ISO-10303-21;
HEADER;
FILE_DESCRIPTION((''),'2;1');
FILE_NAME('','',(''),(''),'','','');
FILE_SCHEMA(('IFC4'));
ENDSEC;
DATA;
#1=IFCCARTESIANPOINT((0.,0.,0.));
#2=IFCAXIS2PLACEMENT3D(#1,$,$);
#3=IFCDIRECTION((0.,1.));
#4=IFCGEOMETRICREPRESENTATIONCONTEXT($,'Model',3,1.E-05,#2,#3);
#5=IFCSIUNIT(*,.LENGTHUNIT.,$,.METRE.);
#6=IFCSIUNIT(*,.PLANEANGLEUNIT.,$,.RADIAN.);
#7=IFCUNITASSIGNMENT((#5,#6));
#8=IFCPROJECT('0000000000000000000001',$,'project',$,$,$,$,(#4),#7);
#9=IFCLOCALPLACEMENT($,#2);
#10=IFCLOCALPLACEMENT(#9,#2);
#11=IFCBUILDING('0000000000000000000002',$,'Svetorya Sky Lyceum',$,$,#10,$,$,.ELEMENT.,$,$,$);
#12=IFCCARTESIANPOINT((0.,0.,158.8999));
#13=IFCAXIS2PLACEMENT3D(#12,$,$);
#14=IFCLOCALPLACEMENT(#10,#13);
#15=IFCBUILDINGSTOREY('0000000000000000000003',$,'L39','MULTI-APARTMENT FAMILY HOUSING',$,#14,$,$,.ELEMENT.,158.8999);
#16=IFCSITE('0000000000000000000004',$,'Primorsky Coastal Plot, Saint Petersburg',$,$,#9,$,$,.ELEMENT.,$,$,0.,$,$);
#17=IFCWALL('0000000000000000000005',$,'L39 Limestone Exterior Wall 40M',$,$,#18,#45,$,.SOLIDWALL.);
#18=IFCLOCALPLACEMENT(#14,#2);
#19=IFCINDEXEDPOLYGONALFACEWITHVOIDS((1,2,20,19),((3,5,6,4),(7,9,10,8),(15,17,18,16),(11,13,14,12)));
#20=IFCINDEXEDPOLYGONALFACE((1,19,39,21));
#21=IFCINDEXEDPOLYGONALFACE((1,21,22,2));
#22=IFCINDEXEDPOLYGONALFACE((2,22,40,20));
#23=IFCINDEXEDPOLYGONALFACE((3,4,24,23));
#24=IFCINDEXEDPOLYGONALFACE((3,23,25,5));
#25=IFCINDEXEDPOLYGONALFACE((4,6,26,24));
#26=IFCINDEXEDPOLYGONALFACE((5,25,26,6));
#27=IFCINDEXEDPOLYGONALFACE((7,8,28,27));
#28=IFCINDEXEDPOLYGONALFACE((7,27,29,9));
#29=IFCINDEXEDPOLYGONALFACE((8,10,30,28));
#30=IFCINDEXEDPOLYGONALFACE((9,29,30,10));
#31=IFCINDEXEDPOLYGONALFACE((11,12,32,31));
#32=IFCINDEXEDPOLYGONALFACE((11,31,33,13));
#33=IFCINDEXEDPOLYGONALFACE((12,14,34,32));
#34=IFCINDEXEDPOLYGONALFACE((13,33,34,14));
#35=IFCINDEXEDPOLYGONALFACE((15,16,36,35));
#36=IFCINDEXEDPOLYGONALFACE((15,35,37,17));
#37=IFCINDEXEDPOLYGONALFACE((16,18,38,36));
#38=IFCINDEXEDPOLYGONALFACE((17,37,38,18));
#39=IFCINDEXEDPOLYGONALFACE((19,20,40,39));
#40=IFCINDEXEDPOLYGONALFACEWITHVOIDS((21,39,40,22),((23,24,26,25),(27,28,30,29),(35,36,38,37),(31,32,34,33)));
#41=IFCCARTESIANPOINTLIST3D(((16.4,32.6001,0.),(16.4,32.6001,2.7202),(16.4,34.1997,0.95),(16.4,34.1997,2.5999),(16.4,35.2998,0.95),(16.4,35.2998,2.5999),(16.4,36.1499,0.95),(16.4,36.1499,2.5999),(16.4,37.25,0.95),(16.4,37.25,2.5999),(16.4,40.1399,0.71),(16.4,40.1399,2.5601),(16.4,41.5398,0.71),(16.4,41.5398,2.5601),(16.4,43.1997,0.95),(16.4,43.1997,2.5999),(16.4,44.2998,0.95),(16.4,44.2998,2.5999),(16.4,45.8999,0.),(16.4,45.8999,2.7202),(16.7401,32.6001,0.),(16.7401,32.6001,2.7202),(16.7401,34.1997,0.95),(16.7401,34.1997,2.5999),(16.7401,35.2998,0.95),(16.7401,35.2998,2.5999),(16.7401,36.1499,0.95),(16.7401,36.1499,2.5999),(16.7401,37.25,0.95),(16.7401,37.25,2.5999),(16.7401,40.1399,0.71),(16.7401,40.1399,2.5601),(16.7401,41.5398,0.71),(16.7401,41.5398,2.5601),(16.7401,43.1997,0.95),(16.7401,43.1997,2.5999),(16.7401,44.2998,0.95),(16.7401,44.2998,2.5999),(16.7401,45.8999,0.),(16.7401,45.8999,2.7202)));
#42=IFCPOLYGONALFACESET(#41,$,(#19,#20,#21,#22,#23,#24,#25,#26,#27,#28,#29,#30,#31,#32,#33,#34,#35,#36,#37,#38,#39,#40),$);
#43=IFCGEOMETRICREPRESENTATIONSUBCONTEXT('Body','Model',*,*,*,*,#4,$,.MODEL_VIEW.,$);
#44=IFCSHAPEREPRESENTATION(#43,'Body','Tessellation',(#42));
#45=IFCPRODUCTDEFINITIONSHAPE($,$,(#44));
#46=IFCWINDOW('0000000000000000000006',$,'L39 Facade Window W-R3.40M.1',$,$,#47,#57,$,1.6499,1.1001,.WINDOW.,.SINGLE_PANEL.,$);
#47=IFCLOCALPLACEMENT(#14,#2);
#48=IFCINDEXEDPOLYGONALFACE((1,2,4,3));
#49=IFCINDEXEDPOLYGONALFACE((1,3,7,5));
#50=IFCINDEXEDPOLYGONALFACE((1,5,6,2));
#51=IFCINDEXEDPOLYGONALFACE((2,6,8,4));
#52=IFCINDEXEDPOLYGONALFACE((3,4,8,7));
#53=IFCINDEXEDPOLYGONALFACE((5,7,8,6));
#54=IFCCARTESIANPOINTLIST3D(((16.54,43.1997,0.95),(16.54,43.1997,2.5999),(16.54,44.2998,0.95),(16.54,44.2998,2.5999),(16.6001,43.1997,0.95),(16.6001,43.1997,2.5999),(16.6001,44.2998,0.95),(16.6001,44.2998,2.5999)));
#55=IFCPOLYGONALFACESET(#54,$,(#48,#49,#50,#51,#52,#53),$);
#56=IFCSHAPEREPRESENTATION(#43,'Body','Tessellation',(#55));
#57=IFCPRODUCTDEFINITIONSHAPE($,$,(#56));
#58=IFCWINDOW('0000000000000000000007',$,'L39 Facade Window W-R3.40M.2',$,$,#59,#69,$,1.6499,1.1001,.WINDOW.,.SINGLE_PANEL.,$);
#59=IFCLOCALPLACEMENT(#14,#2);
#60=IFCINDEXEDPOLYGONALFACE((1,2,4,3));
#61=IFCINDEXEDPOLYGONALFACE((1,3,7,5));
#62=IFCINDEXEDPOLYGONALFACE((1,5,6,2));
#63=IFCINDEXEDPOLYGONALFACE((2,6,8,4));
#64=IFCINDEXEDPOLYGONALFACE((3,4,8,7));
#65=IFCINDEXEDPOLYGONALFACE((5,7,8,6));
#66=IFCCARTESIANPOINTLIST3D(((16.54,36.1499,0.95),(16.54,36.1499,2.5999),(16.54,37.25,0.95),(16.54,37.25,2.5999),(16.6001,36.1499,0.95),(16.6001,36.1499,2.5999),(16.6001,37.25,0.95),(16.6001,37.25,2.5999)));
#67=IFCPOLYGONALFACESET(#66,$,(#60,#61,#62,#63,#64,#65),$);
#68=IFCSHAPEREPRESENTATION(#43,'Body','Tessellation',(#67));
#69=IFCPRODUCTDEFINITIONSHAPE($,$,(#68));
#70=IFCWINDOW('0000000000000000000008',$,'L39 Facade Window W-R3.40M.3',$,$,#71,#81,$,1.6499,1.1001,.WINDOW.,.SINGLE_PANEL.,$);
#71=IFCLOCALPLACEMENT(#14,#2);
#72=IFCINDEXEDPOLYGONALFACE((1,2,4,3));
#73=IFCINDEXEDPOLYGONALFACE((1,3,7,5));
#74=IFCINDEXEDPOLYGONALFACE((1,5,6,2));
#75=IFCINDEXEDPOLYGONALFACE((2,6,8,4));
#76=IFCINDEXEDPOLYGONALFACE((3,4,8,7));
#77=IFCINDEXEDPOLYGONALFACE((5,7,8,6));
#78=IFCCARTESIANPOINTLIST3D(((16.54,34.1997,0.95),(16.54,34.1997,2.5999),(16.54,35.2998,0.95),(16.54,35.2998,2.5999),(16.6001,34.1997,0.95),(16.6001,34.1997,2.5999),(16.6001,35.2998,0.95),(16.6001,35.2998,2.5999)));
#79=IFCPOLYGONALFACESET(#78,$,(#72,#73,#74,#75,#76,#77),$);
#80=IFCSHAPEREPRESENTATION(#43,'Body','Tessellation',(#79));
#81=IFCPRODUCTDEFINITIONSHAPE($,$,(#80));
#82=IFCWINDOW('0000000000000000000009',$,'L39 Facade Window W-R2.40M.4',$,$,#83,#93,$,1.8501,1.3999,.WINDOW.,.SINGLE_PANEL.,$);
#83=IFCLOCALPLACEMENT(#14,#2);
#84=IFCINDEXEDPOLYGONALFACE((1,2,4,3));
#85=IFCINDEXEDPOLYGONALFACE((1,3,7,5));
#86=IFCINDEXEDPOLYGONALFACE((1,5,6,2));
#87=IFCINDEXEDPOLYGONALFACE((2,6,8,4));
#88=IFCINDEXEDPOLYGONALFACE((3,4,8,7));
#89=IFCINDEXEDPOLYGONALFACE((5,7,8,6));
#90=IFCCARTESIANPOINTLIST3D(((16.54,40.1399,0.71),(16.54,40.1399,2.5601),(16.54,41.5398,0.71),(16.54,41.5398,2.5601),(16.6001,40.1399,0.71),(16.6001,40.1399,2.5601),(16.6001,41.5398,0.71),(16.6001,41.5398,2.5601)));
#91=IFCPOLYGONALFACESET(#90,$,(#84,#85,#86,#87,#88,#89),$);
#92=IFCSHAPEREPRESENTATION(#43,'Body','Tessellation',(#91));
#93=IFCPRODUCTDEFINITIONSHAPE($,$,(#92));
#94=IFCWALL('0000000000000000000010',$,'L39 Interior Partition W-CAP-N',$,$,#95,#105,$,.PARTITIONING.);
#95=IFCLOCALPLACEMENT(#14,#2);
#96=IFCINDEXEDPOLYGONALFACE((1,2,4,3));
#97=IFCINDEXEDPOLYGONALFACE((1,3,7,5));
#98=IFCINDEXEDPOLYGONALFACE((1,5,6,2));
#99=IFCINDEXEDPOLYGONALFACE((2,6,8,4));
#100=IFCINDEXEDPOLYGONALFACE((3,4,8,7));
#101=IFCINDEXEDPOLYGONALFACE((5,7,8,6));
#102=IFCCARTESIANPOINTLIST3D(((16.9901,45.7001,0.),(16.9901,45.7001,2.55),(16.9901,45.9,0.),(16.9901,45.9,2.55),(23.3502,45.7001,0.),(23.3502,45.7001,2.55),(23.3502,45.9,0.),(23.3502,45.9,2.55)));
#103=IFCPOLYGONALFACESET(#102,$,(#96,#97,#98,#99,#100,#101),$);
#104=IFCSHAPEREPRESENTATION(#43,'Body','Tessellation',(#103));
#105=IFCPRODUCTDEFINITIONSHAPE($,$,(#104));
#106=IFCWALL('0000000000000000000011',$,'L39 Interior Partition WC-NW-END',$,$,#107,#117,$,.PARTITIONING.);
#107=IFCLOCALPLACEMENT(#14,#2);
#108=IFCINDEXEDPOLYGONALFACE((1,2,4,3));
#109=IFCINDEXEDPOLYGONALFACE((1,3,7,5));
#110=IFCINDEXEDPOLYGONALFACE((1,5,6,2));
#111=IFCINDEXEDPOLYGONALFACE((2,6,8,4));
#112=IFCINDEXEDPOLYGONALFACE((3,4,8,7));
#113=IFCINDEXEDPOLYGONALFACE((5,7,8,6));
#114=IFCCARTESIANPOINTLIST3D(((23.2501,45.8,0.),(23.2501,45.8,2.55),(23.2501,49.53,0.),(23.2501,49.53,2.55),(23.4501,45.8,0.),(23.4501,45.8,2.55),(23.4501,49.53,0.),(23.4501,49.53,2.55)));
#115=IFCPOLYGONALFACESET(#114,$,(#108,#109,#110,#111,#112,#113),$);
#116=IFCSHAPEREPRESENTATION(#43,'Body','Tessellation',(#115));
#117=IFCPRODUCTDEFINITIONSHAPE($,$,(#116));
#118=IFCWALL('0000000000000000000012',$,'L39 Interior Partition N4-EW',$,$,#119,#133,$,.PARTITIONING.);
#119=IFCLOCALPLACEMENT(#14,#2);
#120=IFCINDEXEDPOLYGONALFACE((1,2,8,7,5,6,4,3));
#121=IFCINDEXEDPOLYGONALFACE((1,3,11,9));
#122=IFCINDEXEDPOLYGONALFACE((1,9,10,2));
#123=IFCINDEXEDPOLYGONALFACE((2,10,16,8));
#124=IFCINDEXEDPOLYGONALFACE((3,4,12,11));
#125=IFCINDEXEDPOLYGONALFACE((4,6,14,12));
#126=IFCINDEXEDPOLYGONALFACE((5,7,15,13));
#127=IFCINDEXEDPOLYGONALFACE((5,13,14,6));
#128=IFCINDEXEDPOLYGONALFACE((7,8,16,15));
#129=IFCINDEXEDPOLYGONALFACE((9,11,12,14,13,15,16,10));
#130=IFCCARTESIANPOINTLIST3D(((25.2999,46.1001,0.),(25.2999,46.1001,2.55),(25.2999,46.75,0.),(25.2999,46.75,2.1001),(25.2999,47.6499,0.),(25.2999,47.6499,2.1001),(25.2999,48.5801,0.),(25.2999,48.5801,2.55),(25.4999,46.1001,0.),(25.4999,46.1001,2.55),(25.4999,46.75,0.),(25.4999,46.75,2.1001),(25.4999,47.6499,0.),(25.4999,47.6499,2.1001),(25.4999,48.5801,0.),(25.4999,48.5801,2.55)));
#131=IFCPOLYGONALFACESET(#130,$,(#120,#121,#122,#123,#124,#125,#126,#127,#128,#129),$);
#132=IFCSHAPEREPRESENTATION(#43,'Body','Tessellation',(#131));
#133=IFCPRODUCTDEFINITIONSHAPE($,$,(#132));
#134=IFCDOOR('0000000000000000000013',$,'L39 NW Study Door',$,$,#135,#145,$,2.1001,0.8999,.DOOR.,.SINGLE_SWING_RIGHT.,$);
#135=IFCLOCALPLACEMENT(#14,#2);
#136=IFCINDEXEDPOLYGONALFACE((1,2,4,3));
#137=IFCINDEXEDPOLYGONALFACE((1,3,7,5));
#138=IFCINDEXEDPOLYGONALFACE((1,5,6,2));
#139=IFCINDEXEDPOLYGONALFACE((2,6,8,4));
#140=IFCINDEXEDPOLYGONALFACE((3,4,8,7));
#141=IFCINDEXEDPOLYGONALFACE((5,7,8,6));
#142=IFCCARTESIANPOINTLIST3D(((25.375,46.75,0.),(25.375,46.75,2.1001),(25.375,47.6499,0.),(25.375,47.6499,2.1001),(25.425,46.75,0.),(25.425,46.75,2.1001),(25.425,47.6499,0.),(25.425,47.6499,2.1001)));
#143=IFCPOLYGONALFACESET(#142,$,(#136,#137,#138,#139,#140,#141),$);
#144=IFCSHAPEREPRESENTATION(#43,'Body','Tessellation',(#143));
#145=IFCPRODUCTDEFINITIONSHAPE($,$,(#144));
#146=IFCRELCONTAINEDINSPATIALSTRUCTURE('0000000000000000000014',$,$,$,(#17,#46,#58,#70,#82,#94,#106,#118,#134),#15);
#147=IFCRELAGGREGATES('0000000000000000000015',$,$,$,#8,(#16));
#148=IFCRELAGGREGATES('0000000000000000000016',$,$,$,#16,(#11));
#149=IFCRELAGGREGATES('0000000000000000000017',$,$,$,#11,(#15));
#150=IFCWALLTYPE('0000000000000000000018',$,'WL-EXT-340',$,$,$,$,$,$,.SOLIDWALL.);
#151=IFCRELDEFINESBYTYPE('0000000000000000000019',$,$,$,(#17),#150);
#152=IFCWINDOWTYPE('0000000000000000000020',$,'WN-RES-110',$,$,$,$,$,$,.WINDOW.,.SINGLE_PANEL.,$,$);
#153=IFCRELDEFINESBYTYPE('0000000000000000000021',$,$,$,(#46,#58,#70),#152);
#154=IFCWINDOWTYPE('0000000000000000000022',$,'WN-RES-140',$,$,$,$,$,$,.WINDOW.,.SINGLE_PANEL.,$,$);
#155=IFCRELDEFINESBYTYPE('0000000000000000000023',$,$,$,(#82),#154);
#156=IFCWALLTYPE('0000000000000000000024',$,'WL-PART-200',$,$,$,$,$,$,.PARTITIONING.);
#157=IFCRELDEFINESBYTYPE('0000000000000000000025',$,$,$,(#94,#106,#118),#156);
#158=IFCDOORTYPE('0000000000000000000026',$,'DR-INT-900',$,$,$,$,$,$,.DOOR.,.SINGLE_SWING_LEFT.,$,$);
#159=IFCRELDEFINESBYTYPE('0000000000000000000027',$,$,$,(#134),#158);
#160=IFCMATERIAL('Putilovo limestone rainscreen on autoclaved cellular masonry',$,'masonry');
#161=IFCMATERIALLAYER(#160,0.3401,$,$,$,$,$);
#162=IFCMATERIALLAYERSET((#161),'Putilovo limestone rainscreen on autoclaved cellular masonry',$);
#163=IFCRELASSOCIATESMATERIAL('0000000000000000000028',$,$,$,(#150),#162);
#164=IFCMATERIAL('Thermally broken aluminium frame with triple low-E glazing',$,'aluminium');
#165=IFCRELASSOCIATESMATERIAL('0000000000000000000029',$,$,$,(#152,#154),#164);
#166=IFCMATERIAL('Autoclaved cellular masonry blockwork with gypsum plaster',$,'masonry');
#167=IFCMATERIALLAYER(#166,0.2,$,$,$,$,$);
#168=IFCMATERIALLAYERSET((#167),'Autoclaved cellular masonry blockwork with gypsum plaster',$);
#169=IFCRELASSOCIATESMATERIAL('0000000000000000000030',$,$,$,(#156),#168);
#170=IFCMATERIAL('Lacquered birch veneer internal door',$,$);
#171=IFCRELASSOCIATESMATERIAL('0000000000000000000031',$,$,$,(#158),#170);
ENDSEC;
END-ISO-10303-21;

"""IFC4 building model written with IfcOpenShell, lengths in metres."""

from ifc_helpers import new_model, si_unit, direction, frame, frame_2d, origin, place, context, subcontext, project, spatial, rectangle, extrude, material, layer, layer_set, type_object, element, fill, save


model = new_model("IFC4")

# Units and contexts
model_context = context("Model", 3, precision=1e-05, world=origin(), true_north=direction((0.0, 1.0)))
body_context = subcontext(model_context, "Body", "Model", "MODEL_VIEW")
ifc_project = project(units=[si_unit("LENGTHUNIT", "METRE"), si_unit("PLANEANGLEUNIT", "RADIAN")], contexts=[model_context])

# Site, building, storey
site_placement = place(None, origin())
site = spatial("IfcSite", under=ifc_project, at=site_placement, Name="Primorsky Coastal Plot, Saint Petersburg", CompositionType="ELEMENT", RefElevation=0.0)
building_placement = place(site_placement, origin())
building = spatial("IfcBuilding", under=site, at=building_placement, Name="Svetorya Sky Lyceum", CompositionType="ELEMENT")
storey_placement = place(building_placement, frame((0.0, 0.0, 158.8999)))
storey = spatial("IfcBuildingStorey", under=building, at=storey_placement, Name="L39", Description="MULTI-APARTMENT FAMILY HOUSING", CompositionType="ELEMENT", Elevation=158.8999)

# Shared definitions
ifc_material_1 = material(Name="Putilovo limestone rainscreen on autoclaved cellular masonry", Category="masonry")
ifc_layer_1 = layer(ifc_material_1, 0.3401)
ifc_layer_set_1 = layer_set([ifc_layer_1], Name="Putilovo limestone rainscreen on autoclaved cellular masonry")
wall_type_1 = type_object("IfcWallType", Name="WL-EXT-340", PredefinedType="SOLIDWALL", material=ifc_layer_set_1)

# Wall, openings, windows
wall_1_placement = place(storey_placement, frame((16.5701, 45.8999, 0.0), z_axis=(0.0, 0.0, 1.0), x_axis=(0.0, -1.0, 0.0)))
wall_1 = element("IfcWall", 1, at=wall_1_placement, inside=storey, type_object=wall_type_1, Name="L39 Limestone Exterior Wall 40M", PredefinedType="SOLIDWALL", context=body_context, shape_type="SweptSolid", body=[
    extrude(rectangle(XDim=13.2998, YDim=0.3401, at=frame_2d((6.6499, 0.0))), origin(), (0.0, 0.0, 1.0), 2.7202),
])
opening_1_placement = place(wall_1_placement, frame((1.6001, 0.0, 0.95)))
opening_1 = element("IfcOpeningElement", 2, at=opening_1_placement, cuts=wall_1, PredefinedType="OPENING", context=body_context, shape_type="SweptSolid", body=[
    extrude(rectangle(XDim=1.1001, YDim=1.6499, at=frame_2d((0.55, 0.825))), frame((0.0, 0.1799, 0.0), z_axis=(0.0, -1.0, 0.0), x_axis=(1.0, 0.0, 0.0)), (0.0, 0.0, 1.0), 0.3601),
])
opening_2_placement = place(wall_1_placement, frame((4.3601, 0.0, 0.71)))
opening_2 = element("IfcOpeningElement", 3, at=opening_2_placement, cuts=wall_1, PredefinedType="OPENING", context=body_context, shape_type="SweptSolid", body=[
    extrude(rectangle(XDim=1.3999, YDim=1.8501, at=frame_2d((0.7, 0.925))), frame((0.0, 0.1799, 0.0), z_axis=(0.0, -1.0, 0.0), x_axis=(1.0, 0.0, 0.0)), (0.0, 0.0, 1.0), 0.3601),
])
opening_3_placement = place(wall_1_placement, frame((8.6499, 0.0, 0.95)))
opening_3 = element("IfcOpeningElement", 4, at=opening_3_placement, cuts=wall_1, PredefinedType="OPENING", context=body_context, shape_type="SweptSolid", body=[
    extrude(rectangle(XDim=1.1001, YDim=1.6499, at=frame_2d((0.55, 0.825))), frame((0.0, 0.1799, 0.0), z_axis=(0.0, -1.0, 0.0), x_axis=(1.0, 0.0, 0.0)), (0.0, 0.0, 1.0), 0.3601),
])
opening_4_placement = place(wall_1_placement, frame((10.6001, 0.0, 0.95)))
opening_4 = element("IfcOpeningElement", 5, at=opening_4_placement, cuts=wall_1, PredefinedType="OPENING", context=body_context, shape_type="SweptSolid", body=[
    extrude(rectangle(XDim=1.1001, YDim=1.6499, at=frame_2d((0.55, 0.825))), frame((0.0, 0.1799, 0.0), z_axis=(0.0, -1.0, 0.0), x_axis=(1.0, 0.0, 0.0)), (0.0, 0.0, 1.0), 0.3601),
])
ifc_material_2 = material(Name="Thermally broken aluminium frame with triple low-E glazing", Category="aluminium")
window_type_1 = type_object("IfcWindowType", Name="WN-RES-110", PartitioningType="SINGLE_PANEL", PredefinedType="WINDOW", material=ifc_material_2)
window_1_placement = place(opening_1_placement, origin())
window_1 = element("IfcWindow", 6, at=window_1_placement, inside=storey, type_object=window_type_1, Name="L39 Facade Window W-R3.40M.1", OverallHeight=1.6499, OverallWidth=1.1001, PartitioningType="SINGLE_PANEL", PredefinedType="WINDOW", context=body_context, shape_type="SweptSolid", body=[
    extrude(rectangle(XDim=1.1001, YDim=1.6499, at=frame_2d((0.55, 0.825))), frame((0.0, 0.03, 0.0), z_axis=(0.0, -1.0, 0.0), x_axis=(1.0, 0.0, 0.0)), (0.0, 0.0, 1.0), 0.0601),
])
fill(opening_1, window_1)
window_2_placement = place(opening_3_placement, origin())
window_2 = element("IfcWindow", 7, at=window_2_placement, inside=storey, type_object=window_type_1, Name="L39 Facade Window W-R3.40M.2", OverallHeight=1.6499, OverallWidth=1.1001, PartitioningType="SINGLE_PANEL", PredefinedType="WINDOW", context=body_context, shape_type="SweptSolid", body=[
    extrude(rectangle(XDim=1.1001, YDim=1.6499, at=frame_2d((0.55, 0.825))), frame((0.0, 0.03, 0.0), z_axis=(0.0, -1.0, 0.0), x_axis=(1.0, 0.0, 0.0)), (0.0, 0.0, 1.0), 0.0601),
])
fill(opening_3, window_2)
window_3_placement = place(opening_4_placement, origin())
window_3 = element("IfcWindow", 8, at=window_3_placement, inside=storey, type_object=window_type_1, Name="L39 Facade Window W-R3.40M.3", OverallHeight=1.6499, OverallWidth=1.1001, PartitioningType="SINGLE_PANEL", PredefinedType="WINDOW", context=body_context, shape_type="SweptSolid", body=[
    extrude(rectangle(XDim=1.1001, YDim=1.6499, at=frame_2d((0.55, 0.825))), frame((0.0, 0.03, 0.0), z_axis=(0.0, -1.0, 0.0), x_axis=(1.0, 0.0, 0.0)), (0.0, 0.0, 1.0), 0.0601),
])
fill(opening_4, window_3)
window_type_2 = type_object("IfcWindowType", Name="WN-RES-140", PartitioningType="SINGLE_PANEL", PredefinedType="WINDOW", material=ifc_material_2)
window_4_placement = place(opening_2_placement, origin())
window_4 = element("IfcWindow", 9, at=window_4_placement, inside=storey, type_object=window_type_2, Name="L39 Facade Window W-R2.40M.4", OverallHeight=1.8501, OverallWidth=1.3999, PartitioningType="SINGLE_PANEL", PredefinedType="WINDOW", context=body_context, shape_type="SweptSolid", body=[
    extrude(rectangle(XDim=1.3999, YDim=1.8501, at=frame_2d((0.7, 0.925))), frame((0.0, 0.03, 0.0), z_axis=(0.0, -1.0, 0.0), x_axis=(1.0, 0.0, 0.0)), (0.0, 0.0, 1.0), 0.0601),
])
fill(opening_2, window_4)

# Walls
ifc_material_3 = material(Name="Autoclaved cellular masonry blockwork with gypsum plaster", Category="masonry")
ifc_layer_2 = layer(ifc_material_3, 0.2)
ifc_layer_set_2 = layer_set([ifc_layer_2], Name="Autoclaved cellular masonry blockwork with gypsum plaster")
wall_type_2 = type_object("IfcWallType", Name="WL-PART-200", PredefinedType="PARTITIONING", material=ifc_layer_set_2)
wall_2_placement = place(storey_placement, frame((16.99, 45.8, 0.0), z_axis=(0.0, 0.0, 1.0), x_axis=(1.0, 0.0, 0.0)))
element("IfcWall", 10, at=wall_2_placement, inside=storey, type_object=wall_type_2, Name="L39 Interior Partition W-CAP-N", PredefinedType="PARTITIONING", context=body_context, shape_type="SweptSolid", body=[
    extrude(rectangle(XDim=6.3601, YDim=0.2, at=frame_2d((3.1802, 0.0))), origin(), (0.0, 0.0, 1.0), 2.55),
])
wall_3_placement = place(storey_placement, frame((23.3501, 45.8, 0.0), z_axis=(0.0, 0.0, 1.0), x_axis=(0.0, 1.0, 0.0)))
element("IfcWall", 11, at=wall_3_placement, inside=storey, type_object=wall_type_2, Name="L39 Interior Partition WC-NW-END", PredefinedType="PARTITIONING", context=body_context, shape_type="SweptSolid", body=[
    extrude(rectangle(XDim=3.73, YDim=0.2, at=frame_2d((1.865, 0.0))), origin(), (0.0, 0.0, 1.0), 2.55),
])

# Wall, opening, door
wall_4_placement = place(storey_placement, frame((25.3999, 46.1001, 0.0), z_axis=(0.0, 0.0, 1.0), x_axis=(0.0, 1.0, 0.0)))
wall_4 = element("IfcWall", 12, at=wall_4_placement, inside=storey, type_object=wall_type_2, Name="L39 Interior Partition N4-EW", PredefinedType="PARTITIONING", context=body_context, shape_type="SweptSolid", body=[
    extrude(rectangle(XDim=2.48, YDim=0.2, at=frame_2d((1.24, 0.0))), origin(), (0.0, 0.0, 1.0), 2.55),
])
opening_5_placement = place(wall_4_placement, frame((0.6499, 0.0, 0.0)))
opening_5 = element("IfcOpeningElement", 13, at=opening_5_placement, cuts=wall_4, PredefinedType="OPENING", context=body_context, shape_type="SweptSolid", body=[
    extrude(rectangle(XDim=0.8999, YDim=2.1001, at=frame_2d((0.45, 1.05))), frame((0.0, 0.1099, 0.0), z_axis=(0.0, -1.0, 0.0), x_axis=(1.0, 0.0, 0.0)), (0.0, 0.0, 1.0), 0.22),
])
ifc_material_4 = material(Name="Lacquered birch veneer internal door")
door_type = type_object("IfcDoorType", Name="DR-INT-900", OperationType="SINGLE_SWING_LEFT", PredefinedType="DOOR", material=ifc_material_4)
door_placement = place(opening_5_placement, origin())
door = element("IfcDoor", 14, at=door_placement, inside=storey, type_object=door_type, Name="L39 NW Study Door", OperationType="SINGLE_SWING_RIGHT", OverallHeight=2.1001, OverallWidth=0.8999, PredefinedType="DOOR", context=body_context, shape_type="SweptSolid", body=[
    extrude(rectangle(XDim=0.8999, YDim=2.1001, at=frame_2d((0.45, 1.05))), frame((0.0, 0.0249, 0.0), z_axis=(0.0, -1.0, 0.0), x_axis=(1.0, 0.0, 0.0)), (0.0, 0.0, 1.0), 0.05),
])
fill(opening_5, door)

save(model, "model.ifc")
